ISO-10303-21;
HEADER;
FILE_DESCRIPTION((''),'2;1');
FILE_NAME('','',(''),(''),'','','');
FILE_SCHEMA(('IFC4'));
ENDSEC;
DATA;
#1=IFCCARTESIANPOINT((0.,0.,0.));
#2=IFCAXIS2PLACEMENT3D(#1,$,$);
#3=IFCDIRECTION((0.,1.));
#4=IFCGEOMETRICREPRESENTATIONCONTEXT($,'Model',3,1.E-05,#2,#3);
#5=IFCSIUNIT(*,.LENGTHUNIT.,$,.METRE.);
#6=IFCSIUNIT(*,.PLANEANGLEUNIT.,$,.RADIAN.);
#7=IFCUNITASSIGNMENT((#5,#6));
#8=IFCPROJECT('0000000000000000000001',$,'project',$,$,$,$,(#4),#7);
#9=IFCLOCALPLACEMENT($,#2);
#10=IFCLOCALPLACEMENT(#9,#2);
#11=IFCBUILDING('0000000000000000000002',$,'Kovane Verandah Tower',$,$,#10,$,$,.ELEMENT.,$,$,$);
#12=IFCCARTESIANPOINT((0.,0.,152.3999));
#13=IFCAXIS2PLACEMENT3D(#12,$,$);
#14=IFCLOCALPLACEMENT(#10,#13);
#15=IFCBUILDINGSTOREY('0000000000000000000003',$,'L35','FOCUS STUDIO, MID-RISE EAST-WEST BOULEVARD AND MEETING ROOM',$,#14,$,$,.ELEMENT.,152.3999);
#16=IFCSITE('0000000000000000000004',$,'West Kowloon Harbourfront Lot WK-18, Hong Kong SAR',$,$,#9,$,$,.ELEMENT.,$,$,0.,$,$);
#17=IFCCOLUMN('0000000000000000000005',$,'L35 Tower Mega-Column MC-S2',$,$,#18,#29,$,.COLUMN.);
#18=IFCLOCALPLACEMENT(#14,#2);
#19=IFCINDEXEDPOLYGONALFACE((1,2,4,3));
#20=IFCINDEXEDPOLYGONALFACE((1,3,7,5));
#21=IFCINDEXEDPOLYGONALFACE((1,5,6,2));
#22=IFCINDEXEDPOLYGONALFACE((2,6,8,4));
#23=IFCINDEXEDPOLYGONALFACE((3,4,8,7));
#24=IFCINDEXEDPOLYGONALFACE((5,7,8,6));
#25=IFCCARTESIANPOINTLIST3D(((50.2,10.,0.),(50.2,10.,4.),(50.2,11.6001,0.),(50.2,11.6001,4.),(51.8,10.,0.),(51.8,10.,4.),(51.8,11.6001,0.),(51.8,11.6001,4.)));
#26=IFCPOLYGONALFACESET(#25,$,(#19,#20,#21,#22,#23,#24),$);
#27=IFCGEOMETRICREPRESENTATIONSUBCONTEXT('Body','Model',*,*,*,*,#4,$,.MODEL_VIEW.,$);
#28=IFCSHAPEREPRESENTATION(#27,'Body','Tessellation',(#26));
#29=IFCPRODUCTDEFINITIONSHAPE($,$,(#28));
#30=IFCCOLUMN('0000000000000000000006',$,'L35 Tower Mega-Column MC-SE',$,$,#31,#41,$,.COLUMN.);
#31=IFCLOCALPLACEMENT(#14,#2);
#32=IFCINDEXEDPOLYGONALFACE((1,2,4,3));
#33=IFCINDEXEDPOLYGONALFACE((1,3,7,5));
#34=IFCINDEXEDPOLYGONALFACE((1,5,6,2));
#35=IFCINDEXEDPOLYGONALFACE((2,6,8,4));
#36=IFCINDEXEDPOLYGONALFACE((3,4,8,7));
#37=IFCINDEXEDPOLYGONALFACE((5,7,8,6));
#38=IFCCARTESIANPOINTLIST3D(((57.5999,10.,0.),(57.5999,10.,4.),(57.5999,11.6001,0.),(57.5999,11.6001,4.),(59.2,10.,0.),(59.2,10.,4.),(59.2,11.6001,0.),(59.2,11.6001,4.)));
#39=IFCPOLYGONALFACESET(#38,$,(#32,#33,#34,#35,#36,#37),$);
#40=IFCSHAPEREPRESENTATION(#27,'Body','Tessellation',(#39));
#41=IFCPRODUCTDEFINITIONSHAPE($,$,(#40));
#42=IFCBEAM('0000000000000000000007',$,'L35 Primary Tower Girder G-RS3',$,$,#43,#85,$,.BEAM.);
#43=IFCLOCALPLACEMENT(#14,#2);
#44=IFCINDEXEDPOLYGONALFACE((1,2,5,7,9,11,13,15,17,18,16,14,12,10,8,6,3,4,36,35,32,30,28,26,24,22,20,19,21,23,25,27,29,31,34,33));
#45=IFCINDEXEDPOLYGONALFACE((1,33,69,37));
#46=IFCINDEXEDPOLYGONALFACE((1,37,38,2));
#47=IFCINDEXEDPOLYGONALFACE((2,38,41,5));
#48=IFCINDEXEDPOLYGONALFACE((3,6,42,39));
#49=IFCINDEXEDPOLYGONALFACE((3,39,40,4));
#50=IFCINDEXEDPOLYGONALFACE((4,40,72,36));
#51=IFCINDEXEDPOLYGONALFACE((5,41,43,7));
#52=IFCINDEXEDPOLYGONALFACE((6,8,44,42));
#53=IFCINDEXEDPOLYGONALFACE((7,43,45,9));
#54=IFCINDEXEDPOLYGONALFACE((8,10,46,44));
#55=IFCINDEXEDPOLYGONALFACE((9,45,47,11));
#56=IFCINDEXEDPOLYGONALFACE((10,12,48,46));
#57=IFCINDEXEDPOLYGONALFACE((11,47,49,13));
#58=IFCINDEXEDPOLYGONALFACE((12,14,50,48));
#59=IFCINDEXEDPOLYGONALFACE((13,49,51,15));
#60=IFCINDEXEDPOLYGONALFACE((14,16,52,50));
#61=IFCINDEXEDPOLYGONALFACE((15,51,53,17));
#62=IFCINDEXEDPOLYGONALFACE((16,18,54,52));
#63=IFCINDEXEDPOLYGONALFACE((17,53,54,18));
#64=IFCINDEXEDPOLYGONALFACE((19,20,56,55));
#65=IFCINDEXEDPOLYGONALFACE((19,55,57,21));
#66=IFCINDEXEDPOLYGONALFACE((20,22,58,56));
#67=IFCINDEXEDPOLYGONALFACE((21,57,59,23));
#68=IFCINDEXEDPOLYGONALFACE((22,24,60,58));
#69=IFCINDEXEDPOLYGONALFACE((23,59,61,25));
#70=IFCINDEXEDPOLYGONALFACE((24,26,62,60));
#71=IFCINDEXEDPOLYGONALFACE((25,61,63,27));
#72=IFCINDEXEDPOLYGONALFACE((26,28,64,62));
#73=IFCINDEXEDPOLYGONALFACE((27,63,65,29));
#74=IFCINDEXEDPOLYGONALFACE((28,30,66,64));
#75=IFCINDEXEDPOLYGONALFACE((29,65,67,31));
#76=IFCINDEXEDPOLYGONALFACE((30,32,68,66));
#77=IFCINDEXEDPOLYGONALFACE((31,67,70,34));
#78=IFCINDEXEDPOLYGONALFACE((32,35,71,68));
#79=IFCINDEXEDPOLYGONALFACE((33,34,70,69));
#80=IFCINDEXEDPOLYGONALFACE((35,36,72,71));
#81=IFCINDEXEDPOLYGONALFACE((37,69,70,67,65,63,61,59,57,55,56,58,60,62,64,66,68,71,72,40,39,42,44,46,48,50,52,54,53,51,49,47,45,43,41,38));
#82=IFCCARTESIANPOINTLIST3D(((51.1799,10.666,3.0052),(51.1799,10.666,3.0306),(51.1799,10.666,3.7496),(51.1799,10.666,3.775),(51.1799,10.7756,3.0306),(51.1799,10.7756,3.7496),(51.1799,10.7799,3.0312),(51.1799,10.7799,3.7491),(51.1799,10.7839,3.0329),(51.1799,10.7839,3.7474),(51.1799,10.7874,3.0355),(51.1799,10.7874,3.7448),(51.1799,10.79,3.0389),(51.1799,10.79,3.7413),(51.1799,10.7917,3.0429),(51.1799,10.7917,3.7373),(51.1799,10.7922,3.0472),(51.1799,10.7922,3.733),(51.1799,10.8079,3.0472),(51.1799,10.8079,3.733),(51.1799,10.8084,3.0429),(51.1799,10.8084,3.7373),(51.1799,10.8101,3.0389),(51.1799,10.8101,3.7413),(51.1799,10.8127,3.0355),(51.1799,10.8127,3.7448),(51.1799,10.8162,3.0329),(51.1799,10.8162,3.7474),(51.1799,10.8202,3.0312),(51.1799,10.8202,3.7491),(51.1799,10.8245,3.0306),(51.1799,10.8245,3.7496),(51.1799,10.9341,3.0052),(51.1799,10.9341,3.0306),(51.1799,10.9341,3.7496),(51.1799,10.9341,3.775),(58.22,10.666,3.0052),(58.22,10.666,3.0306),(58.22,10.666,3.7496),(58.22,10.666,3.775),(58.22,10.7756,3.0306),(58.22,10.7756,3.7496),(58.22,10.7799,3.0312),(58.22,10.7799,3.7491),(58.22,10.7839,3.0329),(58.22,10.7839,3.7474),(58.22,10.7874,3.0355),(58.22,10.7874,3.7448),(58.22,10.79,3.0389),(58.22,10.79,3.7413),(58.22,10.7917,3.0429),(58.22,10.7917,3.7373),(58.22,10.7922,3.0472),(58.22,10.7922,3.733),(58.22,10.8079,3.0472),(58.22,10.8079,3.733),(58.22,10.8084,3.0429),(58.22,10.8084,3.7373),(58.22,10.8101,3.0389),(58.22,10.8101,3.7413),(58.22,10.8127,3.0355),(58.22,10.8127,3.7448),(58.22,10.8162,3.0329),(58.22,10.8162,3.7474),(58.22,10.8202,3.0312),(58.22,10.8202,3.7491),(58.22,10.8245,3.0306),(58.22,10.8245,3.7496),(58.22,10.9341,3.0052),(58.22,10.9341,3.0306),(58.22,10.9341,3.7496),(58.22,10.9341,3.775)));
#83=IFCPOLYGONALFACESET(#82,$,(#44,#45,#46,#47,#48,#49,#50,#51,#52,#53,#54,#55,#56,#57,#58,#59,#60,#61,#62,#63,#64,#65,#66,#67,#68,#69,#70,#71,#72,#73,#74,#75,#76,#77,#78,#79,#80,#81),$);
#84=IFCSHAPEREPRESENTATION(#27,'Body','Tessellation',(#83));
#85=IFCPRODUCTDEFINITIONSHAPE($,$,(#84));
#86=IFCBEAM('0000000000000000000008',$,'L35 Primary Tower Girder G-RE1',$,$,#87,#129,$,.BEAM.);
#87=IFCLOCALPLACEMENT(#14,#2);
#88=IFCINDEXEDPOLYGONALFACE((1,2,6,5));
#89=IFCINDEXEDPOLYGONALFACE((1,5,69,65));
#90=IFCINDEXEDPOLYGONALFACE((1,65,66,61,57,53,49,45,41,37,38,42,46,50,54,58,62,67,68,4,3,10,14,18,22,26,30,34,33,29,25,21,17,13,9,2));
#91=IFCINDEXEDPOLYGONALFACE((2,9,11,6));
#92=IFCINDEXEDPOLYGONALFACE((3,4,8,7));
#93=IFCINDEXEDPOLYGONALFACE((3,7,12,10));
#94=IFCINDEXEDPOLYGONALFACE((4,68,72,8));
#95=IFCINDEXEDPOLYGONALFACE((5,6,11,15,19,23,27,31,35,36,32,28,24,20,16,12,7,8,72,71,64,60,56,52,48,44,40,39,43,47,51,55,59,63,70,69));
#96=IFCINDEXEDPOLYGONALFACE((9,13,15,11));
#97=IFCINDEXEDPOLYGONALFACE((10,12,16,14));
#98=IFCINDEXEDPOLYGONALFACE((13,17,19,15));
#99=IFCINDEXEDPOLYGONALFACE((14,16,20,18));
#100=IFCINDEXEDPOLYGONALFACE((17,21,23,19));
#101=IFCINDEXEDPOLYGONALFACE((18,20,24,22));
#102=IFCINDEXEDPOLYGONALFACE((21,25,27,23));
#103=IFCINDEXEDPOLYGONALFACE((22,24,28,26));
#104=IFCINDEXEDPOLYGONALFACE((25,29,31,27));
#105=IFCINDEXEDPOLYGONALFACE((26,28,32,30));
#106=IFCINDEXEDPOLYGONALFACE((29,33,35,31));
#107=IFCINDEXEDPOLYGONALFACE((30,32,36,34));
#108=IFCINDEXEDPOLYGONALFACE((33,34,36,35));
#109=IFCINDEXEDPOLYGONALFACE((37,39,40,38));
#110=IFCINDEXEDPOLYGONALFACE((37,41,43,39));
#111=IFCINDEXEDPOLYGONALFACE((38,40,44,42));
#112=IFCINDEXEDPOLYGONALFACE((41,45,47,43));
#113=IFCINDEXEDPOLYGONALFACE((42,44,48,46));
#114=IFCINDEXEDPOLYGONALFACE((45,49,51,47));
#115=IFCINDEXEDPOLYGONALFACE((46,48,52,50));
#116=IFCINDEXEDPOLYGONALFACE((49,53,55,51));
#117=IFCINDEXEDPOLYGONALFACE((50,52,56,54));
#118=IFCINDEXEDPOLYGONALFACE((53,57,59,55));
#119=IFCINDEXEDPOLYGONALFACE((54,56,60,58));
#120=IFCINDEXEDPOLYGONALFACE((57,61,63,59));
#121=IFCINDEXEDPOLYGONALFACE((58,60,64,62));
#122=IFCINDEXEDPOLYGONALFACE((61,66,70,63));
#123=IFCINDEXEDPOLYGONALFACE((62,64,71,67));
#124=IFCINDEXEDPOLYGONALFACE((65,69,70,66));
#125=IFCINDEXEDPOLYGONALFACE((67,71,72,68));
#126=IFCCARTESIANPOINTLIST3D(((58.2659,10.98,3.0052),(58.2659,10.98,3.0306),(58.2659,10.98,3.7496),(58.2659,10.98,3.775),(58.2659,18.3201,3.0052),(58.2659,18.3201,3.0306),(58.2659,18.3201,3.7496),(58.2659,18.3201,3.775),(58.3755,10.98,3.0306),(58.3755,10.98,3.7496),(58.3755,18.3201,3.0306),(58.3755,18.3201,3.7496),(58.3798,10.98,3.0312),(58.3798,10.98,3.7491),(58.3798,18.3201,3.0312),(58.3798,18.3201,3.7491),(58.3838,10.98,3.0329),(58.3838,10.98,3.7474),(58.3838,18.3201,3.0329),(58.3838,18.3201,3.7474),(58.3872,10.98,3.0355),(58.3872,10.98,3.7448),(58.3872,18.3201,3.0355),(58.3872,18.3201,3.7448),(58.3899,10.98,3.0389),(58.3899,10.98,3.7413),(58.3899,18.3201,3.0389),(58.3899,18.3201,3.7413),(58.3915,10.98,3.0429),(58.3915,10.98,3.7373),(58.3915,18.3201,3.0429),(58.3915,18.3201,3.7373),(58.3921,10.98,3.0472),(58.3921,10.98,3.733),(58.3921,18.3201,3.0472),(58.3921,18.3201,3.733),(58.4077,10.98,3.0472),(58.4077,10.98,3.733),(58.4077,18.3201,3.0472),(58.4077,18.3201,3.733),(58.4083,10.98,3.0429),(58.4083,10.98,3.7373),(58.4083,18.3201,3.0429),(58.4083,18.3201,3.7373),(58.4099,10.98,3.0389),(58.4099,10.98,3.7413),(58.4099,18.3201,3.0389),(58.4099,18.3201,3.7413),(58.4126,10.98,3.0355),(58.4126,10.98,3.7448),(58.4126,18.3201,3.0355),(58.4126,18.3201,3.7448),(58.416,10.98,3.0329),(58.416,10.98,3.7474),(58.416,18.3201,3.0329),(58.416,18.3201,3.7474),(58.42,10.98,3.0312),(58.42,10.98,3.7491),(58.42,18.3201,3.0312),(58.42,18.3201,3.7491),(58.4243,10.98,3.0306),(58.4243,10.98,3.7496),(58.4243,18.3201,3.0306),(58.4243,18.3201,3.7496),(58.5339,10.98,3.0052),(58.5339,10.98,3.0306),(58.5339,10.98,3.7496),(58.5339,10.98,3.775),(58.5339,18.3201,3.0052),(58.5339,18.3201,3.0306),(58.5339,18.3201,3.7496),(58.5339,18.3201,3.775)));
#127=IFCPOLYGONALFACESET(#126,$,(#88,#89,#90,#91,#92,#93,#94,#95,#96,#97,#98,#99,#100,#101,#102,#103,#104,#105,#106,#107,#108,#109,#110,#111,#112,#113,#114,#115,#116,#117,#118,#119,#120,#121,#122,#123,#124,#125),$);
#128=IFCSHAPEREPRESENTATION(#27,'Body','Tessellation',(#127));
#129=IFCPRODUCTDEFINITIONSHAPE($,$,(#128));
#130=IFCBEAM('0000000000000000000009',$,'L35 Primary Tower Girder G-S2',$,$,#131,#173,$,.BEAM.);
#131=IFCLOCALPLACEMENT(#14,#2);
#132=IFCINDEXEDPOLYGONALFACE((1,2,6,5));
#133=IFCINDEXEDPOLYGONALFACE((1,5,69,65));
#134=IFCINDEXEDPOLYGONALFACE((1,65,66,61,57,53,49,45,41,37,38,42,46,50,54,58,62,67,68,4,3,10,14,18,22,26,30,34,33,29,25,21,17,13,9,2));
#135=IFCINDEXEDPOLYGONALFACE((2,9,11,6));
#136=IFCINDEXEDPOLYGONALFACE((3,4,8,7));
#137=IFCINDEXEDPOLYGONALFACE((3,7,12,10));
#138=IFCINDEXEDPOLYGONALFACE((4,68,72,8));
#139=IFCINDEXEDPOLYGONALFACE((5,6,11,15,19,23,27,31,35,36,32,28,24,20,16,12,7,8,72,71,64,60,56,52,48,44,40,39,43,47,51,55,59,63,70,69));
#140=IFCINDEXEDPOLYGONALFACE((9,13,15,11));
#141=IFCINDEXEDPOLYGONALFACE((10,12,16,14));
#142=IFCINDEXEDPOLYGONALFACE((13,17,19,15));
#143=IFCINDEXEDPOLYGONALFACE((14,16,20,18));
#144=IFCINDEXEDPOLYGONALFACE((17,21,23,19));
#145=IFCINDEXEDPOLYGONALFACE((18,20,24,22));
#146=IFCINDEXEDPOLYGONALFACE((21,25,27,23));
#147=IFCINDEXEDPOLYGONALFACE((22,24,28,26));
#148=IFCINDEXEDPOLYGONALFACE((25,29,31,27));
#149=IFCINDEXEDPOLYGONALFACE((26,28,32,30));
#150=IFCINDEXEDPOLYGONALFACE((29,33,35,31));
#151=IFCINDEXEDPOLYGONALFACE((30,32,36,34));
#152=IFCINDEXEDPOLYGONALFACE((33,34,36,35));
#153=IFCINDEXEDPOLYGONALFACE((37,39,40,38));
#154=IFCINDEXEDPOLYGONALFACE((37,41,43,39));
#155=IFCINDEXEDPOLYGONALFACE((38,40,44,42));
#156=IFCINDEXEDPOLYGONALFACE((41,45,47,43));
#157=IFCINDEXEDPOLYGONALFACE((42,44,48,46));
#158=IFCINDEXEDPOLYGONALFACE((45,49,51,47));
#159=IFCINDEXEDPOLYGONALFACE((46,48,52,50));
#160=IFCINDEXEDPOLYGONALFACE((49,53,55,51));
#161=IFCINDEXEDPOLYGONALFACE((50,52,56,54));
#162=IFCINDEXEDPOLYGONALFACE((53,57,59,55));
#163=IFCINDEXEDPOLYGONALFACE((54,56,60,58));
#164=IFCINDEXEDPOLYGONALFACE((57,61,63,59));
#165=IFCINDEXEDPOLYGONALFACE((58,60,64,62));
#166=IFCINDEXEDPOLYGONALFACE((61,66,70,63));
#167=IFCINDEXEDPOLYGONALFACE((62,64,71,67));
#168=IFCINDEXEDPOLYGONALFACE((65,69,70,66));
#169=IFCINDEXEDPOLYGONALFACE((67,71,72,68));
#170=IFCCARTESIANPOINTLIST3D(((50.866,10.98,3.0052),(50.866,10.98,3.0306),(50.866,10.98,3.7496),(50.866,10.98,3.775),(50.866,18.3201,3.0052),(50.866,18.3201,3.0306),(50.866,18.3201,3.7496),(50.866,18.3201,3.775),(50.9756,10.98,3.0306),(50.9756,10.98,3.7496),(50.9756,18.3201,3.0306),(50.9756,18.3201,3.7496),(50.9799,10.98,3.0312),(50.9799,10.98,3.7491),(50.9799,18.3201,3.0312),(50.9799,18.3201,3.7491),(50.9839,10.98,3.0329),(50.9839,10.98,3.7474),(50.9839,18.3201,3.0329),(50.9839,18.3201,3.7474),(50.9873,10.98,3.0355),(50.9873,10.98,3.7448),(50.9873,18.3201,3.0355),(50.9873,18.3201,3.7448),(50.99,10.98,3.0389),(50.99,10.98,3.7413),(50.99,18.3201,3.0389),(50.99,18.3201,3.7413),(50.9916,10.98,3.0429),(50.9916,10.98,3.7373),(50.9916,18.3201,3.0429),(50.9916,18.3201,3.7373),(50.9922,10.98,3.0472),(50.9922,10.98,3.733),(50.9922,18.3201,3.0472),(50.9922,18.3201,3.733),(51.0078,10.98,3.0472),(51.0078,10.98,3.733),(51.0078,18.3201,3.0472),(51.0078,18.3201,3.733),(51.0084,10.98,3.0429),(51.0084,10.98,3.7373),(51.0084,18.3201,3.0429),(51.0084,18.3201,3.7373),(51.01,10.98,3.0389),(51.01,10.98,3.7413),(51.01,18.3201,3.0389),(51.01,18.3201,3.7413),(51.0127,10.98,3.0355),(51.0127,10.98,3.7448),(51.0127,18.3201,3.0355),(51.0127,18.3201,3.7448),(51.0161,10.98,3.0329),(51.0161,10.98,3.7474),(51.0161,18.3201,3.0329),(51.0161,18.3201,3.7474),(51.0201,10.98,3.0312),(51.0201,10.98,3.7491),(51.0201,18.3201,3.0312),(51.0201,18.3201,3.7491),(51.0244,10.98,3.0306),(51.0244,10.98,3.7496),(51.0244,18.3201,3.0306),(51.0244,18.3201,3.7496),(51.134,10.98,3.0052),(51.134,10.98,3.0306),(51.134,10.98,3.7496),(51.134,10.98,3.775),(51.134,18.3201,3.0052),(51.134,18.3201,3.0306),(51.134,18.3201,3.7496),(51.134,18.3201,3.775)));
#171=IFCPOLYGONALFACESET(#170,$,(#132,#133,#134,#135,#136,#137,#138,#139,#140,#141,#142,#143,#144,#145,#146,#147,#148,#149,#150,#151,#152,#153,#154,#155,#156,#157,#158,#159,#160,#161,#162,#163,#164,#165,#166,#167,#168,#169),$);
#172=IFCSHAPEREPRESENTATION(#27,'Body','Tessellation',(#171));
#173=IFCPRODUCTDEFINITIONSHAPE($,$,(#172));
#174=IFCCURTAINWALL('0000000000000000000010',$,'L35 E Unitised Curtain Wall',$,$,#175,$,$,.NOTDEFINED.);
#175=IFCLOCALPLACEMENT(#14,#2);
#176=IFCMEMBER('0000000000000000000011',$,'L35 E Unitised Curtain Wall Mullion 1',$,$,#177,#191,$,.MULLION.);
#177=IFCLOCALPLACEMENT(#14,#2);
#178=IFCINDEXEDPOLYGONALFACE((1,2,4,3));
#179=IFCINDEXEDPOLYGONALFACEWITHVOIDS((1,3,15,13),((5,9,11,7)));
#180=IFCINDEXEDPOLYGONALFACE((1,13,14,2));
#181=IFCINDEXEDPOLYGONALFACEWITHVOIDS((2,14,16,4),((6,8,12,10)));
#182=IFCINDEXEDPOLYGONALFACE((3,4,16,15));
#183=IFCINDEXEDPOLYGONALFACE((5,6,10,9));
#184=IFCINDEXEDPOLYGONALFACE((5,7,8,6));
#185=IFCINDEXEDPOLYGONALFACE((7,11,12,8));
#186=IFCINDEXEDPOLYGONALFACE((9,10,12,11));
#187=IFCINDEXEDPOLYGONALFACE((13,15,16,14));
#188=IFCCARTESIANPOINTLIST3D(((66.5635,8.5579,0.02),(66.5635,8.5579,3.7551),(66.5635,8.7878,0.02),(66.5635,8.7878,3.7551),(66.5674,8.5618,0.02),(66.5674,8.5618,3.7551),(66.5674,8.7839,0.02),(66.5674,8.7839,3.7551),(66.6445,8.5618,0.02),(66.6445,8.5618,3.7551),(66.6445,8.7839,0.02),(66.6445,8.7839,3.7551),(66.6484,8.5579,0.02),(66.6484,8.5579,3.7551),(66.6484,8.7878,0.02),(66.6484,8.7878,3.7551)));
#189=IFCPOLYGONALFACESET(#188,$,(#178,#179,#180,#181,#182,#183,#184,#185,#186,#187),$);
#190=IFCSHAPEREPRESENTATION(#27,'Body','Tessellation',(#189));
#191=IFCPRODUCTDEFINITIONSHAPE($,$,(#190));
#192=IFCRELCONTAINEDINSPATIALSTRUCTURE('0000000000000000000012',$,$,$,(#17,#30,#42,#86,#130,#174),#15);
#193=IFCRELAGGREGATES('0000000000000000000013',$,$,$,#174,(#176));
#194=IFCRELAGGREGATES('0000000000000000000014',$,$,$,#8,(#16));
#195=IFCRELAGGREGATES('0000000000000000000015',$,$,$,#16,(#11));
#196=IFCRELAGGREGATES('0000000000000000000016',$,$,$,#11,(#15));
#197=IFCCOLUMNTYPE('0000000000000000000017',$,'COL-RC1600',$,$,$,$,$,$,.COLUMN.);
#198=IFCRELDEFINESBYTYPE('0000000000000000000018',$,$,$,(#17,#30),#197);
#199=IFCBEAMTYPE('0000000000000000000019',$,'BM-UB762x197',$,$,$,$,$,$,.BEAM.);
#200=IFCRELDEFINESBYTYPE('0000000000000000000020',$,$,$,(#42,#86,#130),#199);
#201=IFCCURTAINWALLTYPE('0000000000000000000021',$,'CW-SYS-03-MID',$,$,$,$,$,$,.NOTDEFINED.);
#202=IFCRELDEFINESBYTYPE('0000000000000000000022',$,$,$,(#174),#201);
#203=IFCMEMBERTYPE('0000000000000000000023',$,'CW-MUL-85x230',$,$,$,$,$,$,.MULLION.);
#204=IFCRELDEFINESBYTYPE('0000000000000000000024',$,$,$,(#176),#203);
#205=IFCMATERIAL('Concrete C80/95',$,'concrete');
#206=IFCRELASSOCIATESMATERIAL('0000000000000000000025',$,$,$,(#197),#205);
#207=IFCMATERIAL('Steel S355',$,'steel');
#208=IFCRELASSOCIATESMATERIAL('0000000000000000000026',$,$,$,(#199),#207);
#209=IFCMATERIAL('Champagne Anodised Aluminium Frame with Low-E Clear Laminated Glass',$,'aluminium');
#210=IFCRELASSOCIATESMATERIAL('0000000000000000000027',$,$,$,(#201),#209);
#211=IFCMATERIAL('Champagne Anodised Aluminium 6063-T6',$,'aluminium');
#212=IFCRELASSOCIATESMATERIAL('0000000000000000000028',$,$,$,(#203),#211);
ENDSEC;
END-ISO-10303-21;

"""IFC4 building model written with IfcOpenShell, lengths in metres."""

from ifc_helpers import new_model, si_unit, direction, frame, origin, origin_2d, place, context, subcontext, project, spatial, rectangle, hollow_rectangle, i_section, extrude, material, material_profile, profile_set, type_object, element, aggregate, save


model = new_model("IFC4")

# Units and contexts
model_context = context("Model", 3, precision=1e-05, world=origin(), true_north=direction((0.0, 1.0)))
body_context = subcontext(model_context, "Body", "Model", "MODEL_VIEW")
ifc_project = project(units=[si_unit("LENGTHUNIT", "METRE"), si_unit("PLANEANGLEUNIT", "RADIAN")], contexts=[model_context])

# Site, building, storey
site_placement = place(None, origin())
site = spatial("IfcSite", under=ifc_project, at=site_placement, Name="West Kowloon Harbourfront Lot WK-18, Hong Kong SAR", CompositionType="ELEMENT", RefElevation=0.0)
building_placement = place(site_placement, origin())
building = spatial("IfcBuilding", under=site, at=building_placement, Name="Kovane Verandah Tower", CompositionType="ELEMENT")
storey_placement = place(building_placement, frame((0.0, 0.0, 152.3999)))
storey = spatial("IfcBuildingStorey", under=building, at=storey_placement, Name="L35", Description="FOCUS STUDIO, MID-RISE EAST-WEST BOULEVARD AND MEETING ROOM", CompositionType="ELEMENT", Elevation=152.3999)

# Columns
ifc_material_1 = material(Name="Concrete C80/95", Category="concrete")
ifc_material_profile_1 = material_profile(ifc_material_1, rectangle(XDim=1.6001, YDim=1.6001, at=origin_2d()), Name="RC1600x1600")
ifc_profile_set_1 = profile_set([ifc_material_profile_1], Name="Concrete C80/95")
column_type = type_object("IfcColumnType", Name="COL-RC1600", PredefinedType="COLUMN", material=ifc_profile_set_1)
for number, where, z_axis, x_axis, name in (
    (1, (51.0, 10.8, 0.0), (0.0, 0.0, 1.0), (1.0, 0.0, 0.0), "L35 Tower Mega-Column MC-S2"),
    (2, (58.3999, 10.8, 0.0), (0.0, 0.0, 1.0), (1.0, 0.0, 0.0), "L35 Tower Mega-Column MC-SE"),
):
    element("IfcColumn", number, at=place(storey_placement, frame(where, z_axis=z_axis, x_axis=x_axis)), inside=storey, type_object=column_type, Name=name, PredefinedType="COLUMN", context=body_context, shape_type="SweptSolid", body=[
        extrude(rectangle(XDim=1.6001, YDim=1.6001, at=origin_2d()), origin(), (0.0, 0.0, 1.0), 4.0),
    ])

# Beams
ifc_material_2 = material(Name="Steel S355", Category="steel")
ifc_material_profile_2 = material_profile(ifc_material_2, i_section(OverallWidth=0.2681, OverallDepth=0.7698, WebThickness=0.0156, FlangeThickness=0.0254, FilletRadius=0.0166, at=origin_2d()), Name="UB762x267x197")
ifc_profile_set_2 = profile_set([ifc_material_profile_2], Name="Steel S355")
beam_type_1 = type_object("IfcBeamType", Name="BM-UB762x197", PredefinedType="BEAM", material=ifc_profile_set_2)
beam_1_placement = place(storey_placement, frame((51.1799, 10.8, 3.3901), z_axis=(1.0, 0.0, 0.0), x_axis=(0.0, 1.0, 0.0)))
element("IfcBeam", 3, at=beam_1_placement, inside=storey, type_object=beam_type_1, Name="L35 Primary Tower Girder G-RS3", PredefinedType="BEAM", context=body_context, shape_type="SweptSolid", body=[
    extrude(i_section(OverallWidth=0.2681, OverallDepth=0.7698, WebThickness=0.0156, FlangeThickness=0.0254, FilletRadius=0.0166, at=origin_2d()), origin(), (0.0, 0.0, 1.0), 7.04),
])
for number, where, z_axis, x_axis, name in (
    (4, (58.3999, 10.98, 3.3901), (0.0, 1.0, 0.0), (-1.0, 0.0, 0.0), "L35 Primary Tower Girder G-RE1"),
    (5, (51.0, 18.3201, 3.3901), (0.0, -1.0, 0.0), (1.0, 0.0, 0.0), "L35 Primary Tower Girder G-S2"),
):
    element("IfcBeam", number, at=place(storey_placement, frame(where, z_axis=z_axis, x_axis=x_axis)), inside=storey, type_object=beam_type_1, Name=name, PredefinedType="BEAM", context=body_context, shape_type="SweptSolid", body=[
        extrude(i_section(OverallWidth=0.2681, OverallDepth=0.7698, WebThickness=0.0156, FlangeThickness=0.0254, FilletRadius=0.0166, at=origin_2d()), origin(), (0.0, 0.0, 1.0), 7.3401),
    ])

# Curtain wall, member
ifc_material_3 = material(Name="Champagne Anodised Aluminium Frame with Low-E Clear Laminated Glass", Category="aluminium")
curtain_wall_type = type_object("IfcCurtainWallType", Name="CW-SYS-03-MID", PredefinedType="NOTDEFINED", material=ifc_material_3)
curtain_wall_placement = place(storey_placement, origin())
curtain_wall = element("IfcCurtainWall", 6, at=curtain_wall_placement, inside=storey, type_object=curtain_wall_type, Name="L35 E Unitised Curtain Wall", PredefinedType="NOTDEFINED")
ifc_material_4 = material(Name="Champagne Anodised Aluminium 6063-T6", Category="aluminium")
ifc_material_profile_3 = material_profile(ifc_material_4, hollow_rectangle(XDim=0.085, YDim=0.23, WallThickness=0.0039, at=origin_2d()), Name="AL85x230x4")
ifc_profile_set_3 = profile_set([ifc_material_profile_3], Name="Champagne Anodised Aluminium 6063-T6")
member_type_1 = type_object("IfcMemberType", Name="CW-MUL-85x230", PredefinedType="MULLION", material=ifc_profile_set_3)
member_1_placement = place(storey_placement, frame((66.606, 8.6729, 0.02), z_axis=(0.0, 0.0, 1.0), x_axis=(1.0, 0.0, 0.0)))
member_1 = element("IfcMember", 7, at=member_1_placement, type_object=member_type_1, Name="L35 E Unitised Curtain Wall Mullion 1", PredefinedType="MULLION", context=body_context, shape_type="SweptSolid", body=[
    extrude(hollow_rectangle(XDim=0.085, YDim=0.23, WallThickness=0.0039, at=origin_2d()), origin(), (0.0, 0.0, 1.0), 3.7351),
])

aggregate(curtain_wall, [member_1])

save(model, "model.ifc")
